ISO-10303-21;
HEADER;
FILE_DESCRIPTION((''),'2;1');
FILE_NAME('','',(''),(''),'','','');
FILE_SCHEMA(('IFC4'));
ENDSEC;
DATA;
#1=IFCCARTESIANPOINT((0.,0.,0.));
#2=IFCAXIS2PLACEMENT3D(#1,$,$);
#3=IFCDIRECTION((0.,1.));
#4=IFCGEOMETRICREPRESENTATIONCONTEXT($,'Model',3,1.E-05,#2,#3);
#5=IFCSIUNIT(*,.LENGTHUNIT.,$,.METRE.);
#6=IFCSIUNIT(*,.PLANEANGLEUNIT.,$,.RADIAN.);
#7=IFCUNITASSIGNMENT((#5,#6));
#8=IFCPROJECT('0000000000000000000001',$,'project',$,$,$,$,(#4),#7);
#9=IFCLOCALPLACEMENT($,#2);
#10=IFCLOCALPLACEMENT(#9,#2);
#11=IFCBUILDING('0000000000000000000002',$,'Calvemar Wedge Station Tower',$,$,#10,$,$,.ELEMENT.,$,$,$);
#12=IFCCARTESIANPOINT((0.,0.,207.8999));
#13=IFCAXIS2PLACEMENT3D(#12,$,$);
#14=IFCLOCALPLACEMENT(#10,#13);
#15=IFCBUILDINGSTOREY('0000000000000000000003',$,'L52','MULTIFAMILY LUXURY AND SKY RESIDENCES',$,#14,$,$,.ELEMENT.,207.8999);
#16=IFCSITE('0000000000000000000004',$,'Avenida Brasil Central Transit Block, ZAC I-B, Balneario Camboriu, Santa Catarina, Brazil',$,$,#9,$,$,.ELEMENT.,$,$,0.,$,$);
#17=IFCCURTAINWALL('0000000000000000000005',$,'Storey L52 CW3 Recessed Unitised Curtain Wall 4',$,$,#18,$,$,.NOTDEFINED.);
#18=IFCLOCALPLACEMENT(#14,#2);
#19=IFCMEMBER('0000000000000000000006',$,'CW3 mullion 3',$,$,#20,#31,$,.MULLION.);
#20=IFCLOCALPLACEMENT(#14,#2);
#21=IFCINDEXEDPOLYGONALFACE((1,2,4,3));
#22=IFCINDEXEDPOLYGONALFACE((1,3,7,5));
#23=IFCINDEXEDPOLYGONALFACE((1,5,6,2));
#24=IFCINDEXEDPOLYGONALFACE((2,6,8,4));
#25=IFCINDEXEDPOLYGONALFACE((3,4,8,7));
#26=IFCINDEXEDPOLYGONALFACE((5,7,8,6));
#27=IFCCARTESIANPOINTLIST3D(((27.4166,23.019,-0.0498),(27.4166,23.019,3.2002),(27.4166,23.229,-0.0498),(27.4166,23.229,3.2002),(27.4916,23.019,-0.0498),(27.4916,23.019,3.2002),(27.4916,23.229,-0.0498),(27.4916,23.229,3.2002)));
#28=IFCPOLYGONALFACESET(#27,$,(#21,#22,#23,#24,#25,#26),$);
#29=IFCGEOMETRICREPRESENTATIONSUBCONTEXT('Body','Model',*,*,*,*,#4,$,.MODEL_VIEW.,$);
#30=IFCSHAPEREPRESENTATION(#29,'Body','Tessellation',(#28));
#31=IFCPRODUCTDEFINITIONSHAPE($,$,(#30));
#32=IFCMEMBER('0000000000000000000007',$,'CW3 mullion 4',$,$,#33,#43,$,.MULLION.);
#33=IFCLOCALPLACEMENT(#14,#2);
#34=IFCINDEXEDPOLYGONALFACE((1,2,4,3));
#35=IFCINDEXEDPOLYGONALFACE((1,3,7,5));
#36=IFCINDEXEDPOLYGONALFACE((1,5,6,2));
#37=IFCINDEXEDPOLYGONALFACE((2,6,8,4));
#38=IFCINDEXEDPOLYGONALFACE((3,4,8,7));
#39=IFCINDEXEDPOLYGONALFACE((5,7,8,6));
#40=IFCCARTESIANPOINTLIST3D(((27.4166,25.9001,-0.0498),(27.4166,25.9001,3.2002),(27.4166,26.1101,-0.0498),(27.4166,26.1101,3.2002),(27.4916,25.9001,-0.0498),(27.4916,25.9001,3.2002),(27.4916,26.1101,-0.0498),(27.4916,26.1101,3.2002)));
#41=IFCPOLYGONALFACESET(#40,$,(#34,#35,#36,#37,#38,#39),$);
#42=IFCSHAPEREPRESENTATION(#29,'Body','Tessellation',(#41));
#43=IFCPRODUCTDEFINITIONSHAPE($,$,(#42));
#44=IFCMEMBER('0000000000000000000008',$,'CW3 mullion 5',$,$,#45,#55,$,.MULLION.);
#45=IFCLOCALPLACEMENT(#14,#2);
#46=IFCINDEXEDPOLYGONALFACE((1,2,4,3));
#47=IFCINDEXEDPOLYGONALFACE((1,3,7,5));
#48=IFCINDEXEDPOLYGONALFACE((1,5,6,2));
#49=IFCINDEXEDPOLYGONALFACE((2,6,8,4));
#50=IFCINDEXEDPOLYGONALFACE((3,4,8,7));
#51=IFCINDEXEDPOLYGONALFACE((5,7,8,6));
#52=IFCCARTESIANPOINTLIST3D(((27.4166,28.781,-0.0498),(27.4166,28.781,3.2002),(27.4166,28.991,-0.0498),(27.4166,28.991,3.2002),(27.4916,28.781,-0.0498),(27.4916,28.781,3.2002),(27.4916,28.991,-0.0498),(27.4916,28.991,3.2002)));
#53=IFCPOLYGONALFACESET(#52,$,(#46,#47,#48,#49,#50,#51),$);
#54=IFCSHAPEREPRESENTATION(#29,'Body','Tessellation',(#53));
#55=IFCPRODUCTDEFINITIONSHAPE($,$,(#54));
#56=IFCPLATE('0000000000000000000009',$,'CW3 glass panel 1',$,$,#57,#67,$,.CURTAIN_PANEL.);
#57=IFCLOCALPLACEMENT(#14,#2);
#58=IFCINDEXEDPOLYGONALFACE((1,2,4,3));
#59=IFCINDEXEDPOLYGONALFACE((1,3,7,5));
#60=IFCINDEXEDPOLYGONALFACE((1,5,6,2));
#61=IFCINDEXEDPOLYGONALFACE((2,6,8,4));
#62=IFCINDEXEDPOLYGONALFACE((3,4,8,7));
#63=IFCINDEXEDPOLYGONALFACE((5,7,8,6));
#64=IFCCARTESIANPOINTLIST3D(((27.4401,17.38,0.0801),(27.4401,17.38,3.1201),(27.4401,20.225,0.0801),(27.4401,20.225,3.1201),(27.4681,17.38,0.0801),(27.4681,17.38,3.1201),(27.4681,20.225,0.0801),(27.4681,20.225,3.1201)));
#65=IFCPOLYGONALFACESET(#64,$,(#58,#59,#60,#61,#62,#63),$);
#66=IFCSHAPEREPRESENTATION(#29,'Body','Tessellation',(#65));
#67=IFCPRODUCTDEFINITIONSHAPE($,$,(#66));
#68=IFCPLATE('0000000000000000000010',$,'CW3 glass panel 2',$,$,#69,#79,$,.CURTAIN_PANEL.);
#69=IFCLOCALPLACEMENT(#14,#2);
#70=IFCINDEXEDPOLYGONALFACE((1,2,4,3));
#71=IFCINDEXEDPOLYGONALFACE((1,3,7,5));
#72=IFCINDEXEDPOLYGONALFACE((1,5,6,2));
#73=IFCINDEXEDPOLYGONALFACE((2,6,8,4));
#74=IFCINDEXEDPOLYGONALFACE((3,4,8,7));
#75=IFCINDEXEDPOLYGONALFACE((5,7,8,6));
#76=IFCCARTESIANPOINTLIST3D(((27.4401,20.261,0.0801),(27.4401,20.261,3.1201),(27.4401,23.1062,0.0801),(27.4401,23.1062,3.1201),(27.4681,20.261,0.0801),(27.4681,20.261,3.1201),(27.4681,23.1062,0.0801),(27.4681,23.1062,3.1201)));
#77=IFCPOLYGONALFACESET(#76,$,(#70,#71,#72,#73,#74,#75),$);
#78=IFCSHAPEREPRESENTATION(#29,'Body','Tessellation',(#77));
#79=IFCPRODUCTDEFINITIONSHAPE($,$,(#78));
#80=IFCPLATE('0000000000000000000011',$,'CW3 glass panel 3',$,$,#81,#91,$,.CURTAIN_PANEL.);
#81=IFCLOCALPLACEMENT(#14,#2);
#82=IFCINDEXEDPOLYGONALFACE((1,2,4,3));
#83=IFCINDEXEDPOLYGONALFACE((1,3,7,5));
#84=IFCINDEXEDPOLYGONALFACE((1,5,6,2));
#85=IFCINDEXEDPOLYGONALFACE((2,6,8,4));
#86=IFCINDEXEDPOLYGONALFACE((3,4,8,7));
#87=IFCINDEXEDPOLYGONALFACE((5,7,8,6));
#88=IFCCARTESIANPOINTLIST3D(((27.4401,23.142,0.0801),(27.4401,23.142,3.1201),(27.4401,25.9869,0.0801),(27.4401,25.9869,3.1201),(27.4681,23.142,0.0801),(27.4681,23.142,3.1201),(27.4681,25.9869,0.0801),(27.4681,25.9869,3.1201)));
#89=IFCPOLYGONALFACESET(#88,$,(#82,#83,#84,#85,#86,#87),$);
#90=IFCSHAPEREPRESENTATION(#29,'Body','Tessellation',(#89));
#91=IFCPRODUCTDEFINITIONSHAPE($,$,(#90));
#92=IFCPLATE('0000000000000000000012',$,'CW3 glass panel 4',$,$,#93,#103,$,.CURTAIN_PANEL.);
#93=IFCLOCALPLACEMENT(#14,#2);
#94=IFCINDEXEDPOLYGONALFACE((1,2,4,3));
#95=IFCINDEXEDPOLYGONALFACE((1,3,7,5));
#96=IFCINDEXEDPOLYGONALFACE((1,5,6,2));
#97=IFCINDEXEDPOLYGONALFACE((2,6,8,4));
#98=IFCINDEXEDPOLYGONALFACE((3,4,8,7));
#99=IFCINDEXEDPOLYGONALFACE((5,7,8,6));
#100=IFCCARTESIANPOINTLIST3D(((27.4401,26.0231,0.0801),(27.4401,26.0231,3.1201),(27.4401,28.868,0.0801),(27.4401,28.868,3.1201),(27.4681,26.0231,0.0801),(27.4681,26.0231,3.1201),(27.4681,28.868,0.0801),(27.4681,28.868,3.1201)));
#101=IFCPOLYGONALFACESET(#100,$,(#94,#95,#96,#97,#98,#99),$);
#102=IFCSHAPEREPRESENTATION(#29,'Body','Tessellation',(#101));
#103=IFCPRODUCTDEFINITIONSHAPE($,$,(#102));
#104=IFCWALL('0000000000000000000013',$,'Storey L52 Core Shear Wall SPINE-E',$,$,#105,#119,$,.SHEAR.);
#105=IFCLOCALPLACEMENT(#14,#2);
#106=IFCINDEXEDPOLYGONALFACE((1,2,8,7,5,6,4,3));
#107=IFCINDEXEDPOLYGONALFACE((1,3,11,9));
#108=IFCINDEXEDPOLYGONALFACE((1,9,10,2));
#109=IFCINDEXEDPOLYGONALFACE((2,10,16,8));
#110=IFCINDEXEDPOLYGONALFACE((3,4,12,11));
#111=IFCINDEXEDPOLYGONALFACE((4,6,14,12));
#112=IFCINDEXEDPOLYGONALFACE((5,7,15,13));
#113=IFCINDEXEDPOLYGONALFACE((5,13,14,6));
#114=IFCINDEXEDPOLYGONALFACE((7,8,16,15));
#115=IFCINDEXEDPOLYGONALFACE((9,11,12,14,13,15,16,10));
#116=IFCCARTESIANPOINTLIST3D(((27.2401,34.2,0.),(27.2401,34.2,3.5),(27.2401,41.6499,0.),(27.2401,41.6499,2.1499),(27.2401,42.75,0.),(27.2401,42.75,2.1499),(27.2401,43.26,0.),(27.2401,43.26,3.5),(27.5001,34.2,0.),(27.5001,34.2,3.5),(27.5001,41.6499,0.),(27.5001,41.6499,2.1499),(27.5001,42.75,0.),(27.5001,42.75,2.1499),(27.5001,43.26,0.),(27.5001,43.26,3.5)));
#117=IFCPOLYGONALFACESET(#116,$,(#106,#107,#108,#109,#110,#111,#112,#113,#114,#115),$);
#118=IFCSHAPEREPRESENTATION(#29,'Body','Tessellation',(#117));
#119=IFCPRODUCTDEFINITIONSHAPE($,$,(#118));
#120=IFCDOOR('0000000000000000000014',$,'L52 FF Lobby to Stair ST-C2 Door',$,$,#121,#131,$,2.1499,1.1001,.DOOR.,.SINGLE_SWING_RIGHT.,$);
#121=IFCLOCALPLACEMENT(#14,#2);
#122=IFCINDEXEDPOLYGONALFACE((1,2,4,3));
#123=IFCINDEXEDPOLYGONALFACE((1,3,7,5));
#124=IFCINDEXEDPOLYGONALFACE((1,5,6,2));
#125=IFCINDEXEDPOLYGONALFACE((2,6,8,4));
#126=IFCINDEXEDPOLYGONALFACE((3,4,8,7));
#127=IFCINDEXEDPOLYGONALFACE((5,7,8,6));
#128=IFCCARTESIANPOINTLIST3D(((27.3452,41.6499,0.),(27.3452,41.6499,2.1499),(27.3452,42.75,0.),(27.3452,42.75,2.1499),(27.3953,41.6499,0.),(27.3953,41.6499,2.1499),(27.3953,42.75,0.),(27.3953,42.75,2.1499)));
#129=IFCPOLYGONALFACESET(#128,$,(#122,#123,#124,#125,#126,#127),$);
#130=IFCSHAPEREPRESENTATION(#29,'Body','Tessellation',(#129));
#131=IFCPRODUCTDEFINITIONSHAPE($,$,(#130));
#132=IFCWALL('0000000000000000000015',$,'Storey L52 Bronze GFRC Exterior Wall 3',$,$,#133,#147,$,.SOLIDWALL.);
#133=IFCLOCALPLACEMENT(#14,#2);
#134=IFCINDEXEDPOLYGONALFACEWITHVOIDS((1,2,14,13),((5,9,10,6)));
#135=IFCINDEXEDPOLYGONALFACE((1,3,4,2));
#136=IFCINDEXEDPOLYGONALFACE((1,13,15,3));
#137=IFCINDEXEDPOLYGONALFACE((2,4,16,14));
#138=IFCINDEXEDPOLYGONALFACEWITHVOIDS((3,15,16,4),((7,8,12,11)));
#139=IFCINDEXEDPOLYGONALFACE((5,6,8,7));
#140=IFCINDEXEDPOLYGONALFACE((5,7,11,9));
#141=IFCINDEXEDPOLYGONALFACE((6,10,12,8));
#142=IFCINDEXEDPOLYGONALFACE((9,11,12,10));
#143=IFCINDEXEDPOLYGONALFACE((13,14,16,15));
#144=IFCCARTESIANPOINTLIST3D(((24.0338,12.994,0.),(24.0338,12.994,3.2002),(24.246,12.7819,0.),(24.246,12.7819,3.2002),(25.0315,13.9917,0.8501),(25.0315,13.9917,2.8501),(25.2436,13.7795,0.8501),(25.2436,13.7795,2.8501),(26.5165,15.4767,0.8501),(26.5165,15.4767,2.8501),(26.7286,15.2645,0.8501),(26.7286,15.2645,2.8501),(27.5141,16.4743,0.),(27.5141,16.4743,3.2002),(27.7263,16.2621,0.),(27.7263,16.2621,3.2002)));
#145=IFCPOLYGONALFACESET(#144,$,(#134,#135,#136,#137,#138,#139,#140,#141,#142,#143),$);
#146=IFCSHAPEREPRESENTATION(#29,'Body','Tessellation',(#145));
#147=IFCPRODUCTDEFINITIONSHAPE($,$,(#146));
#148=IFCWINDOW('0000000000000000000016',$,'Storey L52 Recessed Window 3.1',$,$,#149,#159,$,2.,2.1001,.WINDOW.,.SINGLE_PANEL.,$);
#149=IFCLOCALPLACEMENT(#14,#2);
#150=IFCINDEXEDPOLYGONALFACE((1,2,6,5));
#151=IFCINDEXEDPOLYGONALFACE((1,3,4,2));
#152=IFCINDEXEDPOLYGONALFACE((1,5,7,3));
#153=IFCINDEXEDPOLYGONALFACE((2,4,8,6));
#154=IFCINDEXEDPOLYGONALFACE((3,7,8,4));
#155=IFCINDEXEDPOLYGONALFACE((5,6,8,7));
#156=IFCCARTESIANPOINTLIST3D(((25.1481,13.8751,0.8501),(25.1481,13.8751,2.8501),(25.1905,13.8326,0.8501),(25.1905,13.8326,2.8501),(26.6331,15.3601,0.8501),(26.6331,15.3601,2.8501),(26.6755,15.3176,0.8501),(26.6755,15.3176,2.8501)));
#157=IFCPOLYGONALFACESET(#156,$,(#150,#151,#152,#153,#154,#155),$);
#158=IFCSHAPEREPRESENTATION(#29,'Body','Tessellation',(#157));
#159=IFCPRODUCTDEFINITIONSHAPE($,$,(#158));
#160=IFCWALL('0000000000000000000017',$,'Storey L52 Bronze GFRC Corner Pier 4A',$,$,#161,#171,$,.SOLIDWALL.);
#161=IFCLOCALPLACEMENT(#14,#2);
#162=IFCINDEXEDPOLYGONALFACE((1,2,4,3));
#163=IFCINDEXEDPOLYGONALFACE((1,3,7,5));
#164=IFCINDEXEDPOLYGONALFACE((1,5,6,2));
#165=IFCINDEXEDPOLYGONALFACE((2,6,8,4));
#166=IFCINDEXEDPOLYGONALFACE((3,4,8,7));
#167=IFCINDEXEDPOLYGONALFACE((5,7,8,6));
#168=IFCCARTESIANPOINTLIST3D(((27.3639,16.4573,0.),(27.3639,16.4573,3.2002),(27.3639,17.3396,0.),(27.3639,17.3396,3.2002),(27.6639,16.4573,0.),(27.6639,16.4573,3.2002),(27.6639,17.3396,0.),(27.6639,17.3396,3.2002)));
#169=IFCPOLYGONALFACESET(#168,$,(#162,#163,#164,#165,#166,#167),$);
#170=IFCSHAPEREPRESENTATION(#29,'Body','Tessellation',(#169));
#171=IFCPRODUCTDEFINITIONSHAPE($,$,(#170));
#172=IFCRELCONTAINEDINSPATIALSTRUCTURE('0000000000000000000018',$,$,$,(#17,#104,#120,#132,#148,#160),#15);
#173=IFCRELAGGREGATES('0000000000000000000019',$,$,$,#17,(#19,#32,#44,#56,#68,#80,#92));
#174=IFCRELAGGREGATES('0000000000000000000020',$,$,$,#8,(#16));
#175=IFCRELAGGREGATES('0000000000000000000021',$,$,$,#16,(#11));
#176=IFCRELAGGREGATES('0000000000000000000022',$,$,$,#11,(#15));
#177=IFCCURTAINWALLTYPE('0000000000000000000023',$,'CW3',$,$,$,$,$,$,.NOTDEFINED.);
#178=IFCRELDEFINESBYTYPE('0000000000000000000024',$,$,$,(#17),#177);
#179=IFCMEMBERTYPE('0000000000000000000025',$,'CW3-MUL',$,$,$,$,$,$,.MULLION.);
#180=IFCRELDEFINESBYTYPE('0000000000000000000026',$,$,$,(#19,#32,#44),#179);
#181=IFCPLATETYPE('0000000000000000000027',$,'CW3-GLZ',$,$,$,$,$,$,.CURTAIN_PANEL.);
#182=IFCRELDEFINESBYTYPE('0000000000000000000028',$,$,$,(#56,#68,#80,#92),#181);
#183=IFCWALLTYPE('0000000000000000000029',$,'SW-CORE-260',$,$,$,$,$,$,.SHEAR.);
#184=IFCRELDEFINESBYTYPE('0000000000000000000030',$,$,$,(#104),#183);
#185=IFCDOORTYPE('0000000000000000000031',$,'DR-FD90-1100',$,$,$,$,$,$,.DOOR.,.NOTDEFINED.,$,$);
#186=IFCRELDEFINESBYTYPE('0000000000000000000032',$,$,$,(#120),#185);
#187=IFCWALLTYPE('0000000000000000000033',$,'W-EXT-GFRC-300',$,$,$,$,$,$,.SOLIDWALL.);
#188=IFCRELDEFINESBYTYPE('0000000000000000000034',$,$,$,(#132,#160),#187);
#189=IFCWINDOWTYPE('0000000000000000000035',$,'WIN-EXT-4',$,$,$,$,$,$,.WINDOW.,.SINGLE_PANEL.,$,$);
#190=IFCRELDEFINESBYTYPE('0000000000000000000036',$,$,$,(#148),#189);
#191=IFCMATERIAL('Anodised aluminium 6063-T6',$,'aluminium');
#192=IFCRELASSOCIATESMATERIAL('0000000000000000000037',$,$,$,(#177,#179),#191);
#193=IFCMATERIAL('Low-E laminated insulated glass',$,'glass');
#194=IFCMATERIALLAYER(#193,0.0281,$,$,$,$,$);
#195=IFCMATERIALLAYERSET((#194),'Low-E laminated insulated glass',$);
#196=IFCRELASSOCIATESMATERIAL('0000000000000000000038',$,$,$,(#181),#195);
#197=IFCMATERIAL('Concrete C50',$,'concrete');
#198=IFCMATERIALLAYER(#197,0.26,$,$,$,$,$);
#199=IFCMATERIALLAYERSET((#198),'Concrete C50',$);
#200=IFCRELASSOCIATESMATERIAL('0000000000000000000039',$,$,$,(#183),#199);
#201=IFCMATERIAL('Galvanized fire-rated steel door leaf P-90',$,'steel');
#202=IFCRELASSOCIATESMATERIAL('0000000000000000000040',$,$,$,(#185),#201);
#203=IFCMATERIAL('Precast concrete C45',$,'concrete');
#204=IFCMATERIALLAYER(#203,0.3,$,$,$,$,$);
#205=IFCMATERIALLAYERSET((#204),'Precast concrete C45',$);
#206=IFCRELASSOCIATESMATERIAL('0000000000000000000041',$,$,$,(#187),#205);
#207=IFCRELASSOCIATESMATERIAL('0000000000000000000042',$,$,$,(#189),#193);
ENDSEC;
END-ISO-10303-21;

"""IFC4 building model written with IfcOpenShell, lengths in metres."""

from ifc_helpers import new_model, si_unit, direction, frame, frame_2d, origin, origin_2d, place, context, subcontext, project, spatial, rectangle, extrude, source, transform, mapped, material, layer, layer_set, material_profile, profile_set, type_object, element, fill, aggregate, save


model = new_model("IFC4")

# Units and contexts
model_context = context("Model", 3, precision=1e-05, world=origin(), true_north=direction((0.0, 1.0)))
body_context = subcontext(model_context, "Body", "Model", "MODEL_VIEW")
ifc_project = project(units=[si_unit("LENGTHUNIT", "METRE"), si_unit("PLANEANGLEUNIT", "RADIAN")], contexts=[model_context])

# Site, building, storey
site_placement = place(None, origin())
site = spatial("IfcSite", under=ifc_project, at=site_placement, Name="Avenida Brasil Central Transit Block, ZAC I-B, Balneario Camboriu, Santa Catarina, Brazil", CompositionType="ELEMENT", RefElevation=0.0)
building_placement = place(site_placement, origin())
building = spatial("IfcBuilding", under=site, at=building_placement, Name="Calvemar Wedge Station Tower", CompositionType="ELEMENT")
storey_placement = place(building_placement, frame((0.0, 0.0, 207.8999)))
storey = spatial("IfcBuildingStorey", under=building, at=storey_placement, Name="L52", Description="MULTIFAMILY LUXURY AND SKY RESIDENCES", CompositionType="ELEMENT", Elevation=207.8999)

# Shared definitions
ifc_material_1 = material(Name="Concrete C50", Category="concrete")

# Curtain wall, members, plates
ifc_material_2 = material(Name="Anodised aluminium 6063-T6", Category="aluminium")
curtain_wall_type = type_object("IfcCurtainWallType", Name="CW3", PredefinedType="NOTDEFINED", material=ifc_material_2)
curtain_wall_placement = place(storey_placement, origin())
curtain_wall = element("IfcCurtainWall", 1, at=curtain_wall_placement, inside=storey, type_object=curtain_wall_type, Name="Storey L52 CW3 Recessed Unitised Curtain Wall 4", PredefinedType="NOTDEFINED")
ifc_material_profile_1 = material_profile(ifc_material_2, rectangle(XDim=0.075, YDim=0.21, at=origin_2d()), Name="AL-MUL-75x210")
ifc_profile_set_1 = profile_set([ifc_material_profile_1], Name="Anodised aluminium 6063-T6")
member_type_1 = type_object("IfcMemberType", Name="CW3-MUL", PredefinedType="MULLION", material=ifc_profile_set_1)
shared_shape_1 = source(origin(), body_context, "Body", "SweptSolid", [
    extrude(rectangle(XDim=0.075, YDim=0.21, at=origin_2d()), origin(), (0.0, 0.0, 1.0), 3.25),
])
member_1_placement = place(storey_placement, frame((27.4541, 23.124, -0.0498), z_axis=(0.0, 0.0, 1.0), x_axis=(1.0, 0.0, 0.0)))
member_1 = element("IfcMember", 2, at=member_1_placement, type_object=member_type_1, Name="CW3 mullion 3", PredefinedType="MULLION", context=body_context, shape_type="MappedRepresentation", body=[
    mapped(shared_shape_1, transform((0.0, 0.0, 0.0), scale=1.0)),
])
member_2_placement = place(storey_placement, frame((27.4541, 26.0051, -0.0498), z_axis=(0.0, 0.0, 1.0), x_axis=(1.0, 0.0, 0.0)))
member_2 = element("IfcMember", 3, at=member_2_placement, type_object=member_type_1, Name="CW3 mullion 4", PredefinedType="MULLION", context=body_context, shape_type="MappedRepresentation", body=[
    mapped(shared_shape_1, transform((0.0, 0.0, 0.0), scale=1.0)),
])
member_3_placement = place(storey_placement, frame((27.4541, 28.886, -0.0498), z_axis=(0.0, 0.0, 1.0), x_axis=(1.0, 0.0, 0.0)))
member_3 = element("IfcMember", 4, at=member_3_placement, type_object=member_type_1, Name="CW3 mullion 5", PredefinedType="MULLION", context=body_context, shape_type="MappedRepresentation", body=[
    mapped(shared_shape_1, transform((0.0, 0.0, 0.0), scale=1.0)),
])
ifc_material_3 = material(Name="Low-E laminated insulated glass", Category="glass")
ifc_layer_1 = layer(ifc_material_3, 0.0281)
ifc_layer_set_1 = layer_set([ifc_layer_1], Name="Low-E laminated insulated glass")
plate_type = type_object("IfcPlateType", Name="CW3-GLZ", PredefinedType="CURTAIN_PANEL", material=ifc_layer_set_1)
plate_1_placement = place(storey_placement, frame((27.4541, 17.3801, 0.0801), z_axis=(0.0, 0.0, 1.0), x_axis=(0.0, 1.0, 0.0)))
plate_1 = element("IfcPlate", 5, at=plate_1_placement, type_object=plate_type, Name="CW3 glass panel 1", PredefinedType="CURTAIN_PANEL", context=body_context, shape_type="SweptSolid", body=[
    extrude(rectangle(XDim=2.845, YDim=0.0281, at=frame_2d((1.4224, 0.0))), origin(), (0.0, 0.0, 1.0), 3.04),
])
plate_2_placement = place(storey_placement, frame((27.4541, 20.261, 0.0801), z_axis=(0.0, 0.0, 1.0), x_axis=(0.0, 1.0, 0.0)))
plate_2 = element("IfcPlate", 6, at=plate_2_placement, type_object=plate_type, Name="CW3 glass panel 2", PredefinedType="CURTAIN_PANEL", context=body_context, shape_type="SweptSolid", body=[
    extrude(rectangle(XDim=2.8452, YDim=0.0281, at=frame_2d((1.4226, 0.0))), origin(), (0.0, 0.0, 1.0), 3.04),
])
plate_3_placement = place(storey_placement, frame((27.4541, 23.1421, 0.0801), z_axis=(0.0, 0.0, 1.0), x_axis=(0.0, 1.0, 0.0)))
plate_3 = element("IfcPlate", 7, at=plate_3_placement, type_object=plate_type, Name="CW3 glass panel 3", PredefinedType="CURTAIN_PANEL", context=body_context, shape_type="SweptSolid", body=[
    extrude(rectangle(XDim=2.845, YDim=0.0281, at=frame_2d((1.4224, 0.0))), origin(), (0.0, 0.0, 1.0), 3.04),
])
plate_4_placement = place(storey_placement, frame((27.4541, 26.0232, 0.0801), z_axis=(0.0, 0.0, 1.0), x_axis=(0.0, 1.0, 0.0)))
plate_4 = element("IfcPlate", 8, at=plate_4_placement, type_object=plate_type, Name="CW3 glass panel 4", PredefinedType="CURTAIN_PANEL", context=body_context, shape_type="SweptSolid", body=[
    extrude(rectangle(XDim=2.845, YDim=0.0281, at=frame_2d((1.4224, 0.0))), origin(), (0.0, 0.0, 1.0), 3.04),
])
aggregate(curtain_wall, [member_1, member_2, member_3, plate_1, plate_2, plate_3, plate_4])

# Wall, opening, door
ifc_layer_2 = layer(ifc_material_1, 0.26)
ifc_layer_set_2 = layer_set([ifc_layer_2], Name="Concrete C50")
wall_type_1 = type_object("IfcWallType", Name="SW-CORE-260", PredefinedType="SHEAR", material=ifc_layer_set_2)
wall_1_placement = place(storey_placement, frame((27.3701, 34.2, 0.0), z_axis=(0.0, 0.0, 1.0), x_axis=(0.0, 1.0, 0.0)))
wall_1 = element("IfcWall", 9, at=wall_1_placement, inside=storey, type_object=wall_type_1, Name="Storey L52 Core Shear Wall SPINE-E", PredefinedType="SHEAR", context=body_context, shape_type="SweptSolid", body=[
    extrude(rectangle(XDim=9.0601, YDim=0.26, at=frame_2d((4.53, 0.0))), origin(), (0.0, 0.0, 1.0), 3.5),
])
shared_shape_2 = source(origin(), body_context, "Body", "SweptSolid", [
    extrude(rectangle(XDim=1.1001, YDim=2.1499, at=frame_2d((0.55, 1.075))), frame((0.0, 0.1401, 0.0), z_axis=(0.0, -1.0, 0.0), x_axis=(1.0, 0.0, 0.0)), (0.0, 0.0, 1.0), 0.28),
])
opening_1_placement = place(wall_1_placement, frame((7.45, 0.0, 0.0)))
opening_1 = element("IfcOpeningElement", 10, at=opening_1_placement, cuts=wall_1, PredefinedType="OPENING", context=body_context, shape_type="MappedRepresentation", body=[
    mapped(shared_shape_2, transform((0.0, 0.0, 0.0), scale=1.0)),
])
ifc_material_4 = material(Name="Galvanized fire-rated steel door leaf P-90", Category="steel")
door_type_1 = type_object("IfcDoorType", Name="DR-FD90-1100", OperationType="NOTDEFINED", PredefinedType="DOOR", material=ifc_material_4)
shared_shape_3 = source(origin(), body_context, "Body", "SweptSolid", [
    extrude(rectangle(XDim=1.1001, YDim=2.1499, at=frame_2d((0.55, 1.075))), frame((0.0, 0.0249, 0.0), z_axis=(0.0, -1.0, 0.0), x_axis=(1.0, 0.0, 0.0)), (0.0, 0.0, 1.0), 0.05),
])
door_1_placement = place(opening_1_placement, origin())
door_1 = element("IfcDoor", 11, at=door_1_placement, inside=storey, type_object=door_type_1, Name="L52 FF Lobby to Stair ST-C2 Door", OperationType="SINGLE_SWING_RIGHT", OverallHeight=2.1499, OverallWidth=1.1001, PredefinedType="DOOR", context=body_context, shape_type="MappedRepresentation", body=[
    mapped(shared_shape_3, transform((0.0, 0.0, 0.0), scale=1.0)),
])
fill(opening_1, door_1)

# Wall, opening, window
ifc_material_5 = material(Name="Precast concrete C45", Category="concrete")
ifc_layer_3 = layer(ifc_material_5, 0.3)
ifc_layer_set_3 = layer_set([ifc_layer_3], Name="Precast concrete C45")
wall_type_2 = type_object("IfcWallType", Name="W-EXT-GFRC-300", PredefinedType="SOLIDWALL", material=ifc_layer_set_3)
wall_2_placement = place(storey_placement, frame((24.1399, 12.8879, 0.0), z_axis=(0.0, 0.0, 1.0), x_axis=(0.707107, 0.707107, 0.0)))
wall_2 = element("IfcWall", 12, at=wall_2_placement, inside=storey, type_object=wall_type_2, Name="Storey L52 Bronze GFRC Exterior Wall 3", PredefinedType="SOLIDWALL", context=body_context, shape_type="SweptSolid", body=[
    extrude(rectangle(XDim=4.9219, YDim=0.3, at=frame_2d((2.4609, 0.0))), origin(), (0.0, 0.0, 1.0), 3.2002),
])
shared_shape_4 = source(origin(), body_context, "Body", "SweptSolid", [
    extrude(rectangle(XDim=2.1001, YDim=2.0, at=frame_2d((1.05, 1.0))), frame((0.0, 0.1602, 0.0), z_axis=(0.0, -1.0, 0.0), x_axis=(1.0, 0.0, 0.0)), (0.0, 0.0, 1.0), 0.3201),
])
opening_2_placement = place(wall_2_placement, frame((1.4109, 0.0, 0.8501)))
opening_2 = element("IfcOpeningElement", 13, at=opening_2_placement, cuts=wall_2, PredefinedType="OPENING", context=body_context, shape_type="MappedRepresentation", body=[
    mapped(shared_shape_4, transform((0.0, 0.0, 0.0), scale=1.0)),
])
window_type = type_object("IfcWindowType", Name="WIN-EXT-4", PartitioningType="SINGLE_PANEL", PredefinedType="WINDOW", material=ifc_material_3)
shared_shape_5 = source(origin(), body_context, "Body", "SweptSolid", [
    extrude(rectangle(XDim=2.1001, YDim=2.0, at=frame_2d((1.05, 1.0))), frame((0.0, -0.0149, 0.0), z_axis=(0.0, -1.0, 0.0), x_axis=(1.0, 0.0, 0.0)), (0.0, 0.0, 1.0), 0.0601),
])
window_placement = place(opening_2_placement, origin())
window = element("IfcWindow", 14, at=window_placement, inside=storey, type_object=window_type, Name="Storey L52 Recessed Window 3.1", OverallHeight=2.0, OverallWidth=2.1001, PartitioningType="SINGLE_PANEL", PredefinedType="WINDOW", context=body_context, shape_type="MappedRepresentation", body=[
    mapped(shared_shape_5, transform((0.0, 0.0, 0.0), scale=1.0)),
])
fill(opening_2, window)

# Wall
wall_3_placement = place(storey_placement, frame((27.5139, 16.4573, 0.0), z_axis=(0.0, 0.0, 1.0), x_axis=(0.0, 1.0, 0.0)))
element("IfcWall", 15, at=wall_3_placement, inside=storey, type_object=wall_type_2, Name="Storey L52 Bronze GFRC Corner Pier 4A", PredefinedType="SOLIDWALL", context=body_context, shape_type="SweptSolid", body=[
    extrude(rectangle(XDim=0.8823, YDim=0.3, at=frame_2d((0.4412, 0.0))), origin(), (0.0, 0.0, 1.0), 3.2002),
])

save(model, "model.ifc")
